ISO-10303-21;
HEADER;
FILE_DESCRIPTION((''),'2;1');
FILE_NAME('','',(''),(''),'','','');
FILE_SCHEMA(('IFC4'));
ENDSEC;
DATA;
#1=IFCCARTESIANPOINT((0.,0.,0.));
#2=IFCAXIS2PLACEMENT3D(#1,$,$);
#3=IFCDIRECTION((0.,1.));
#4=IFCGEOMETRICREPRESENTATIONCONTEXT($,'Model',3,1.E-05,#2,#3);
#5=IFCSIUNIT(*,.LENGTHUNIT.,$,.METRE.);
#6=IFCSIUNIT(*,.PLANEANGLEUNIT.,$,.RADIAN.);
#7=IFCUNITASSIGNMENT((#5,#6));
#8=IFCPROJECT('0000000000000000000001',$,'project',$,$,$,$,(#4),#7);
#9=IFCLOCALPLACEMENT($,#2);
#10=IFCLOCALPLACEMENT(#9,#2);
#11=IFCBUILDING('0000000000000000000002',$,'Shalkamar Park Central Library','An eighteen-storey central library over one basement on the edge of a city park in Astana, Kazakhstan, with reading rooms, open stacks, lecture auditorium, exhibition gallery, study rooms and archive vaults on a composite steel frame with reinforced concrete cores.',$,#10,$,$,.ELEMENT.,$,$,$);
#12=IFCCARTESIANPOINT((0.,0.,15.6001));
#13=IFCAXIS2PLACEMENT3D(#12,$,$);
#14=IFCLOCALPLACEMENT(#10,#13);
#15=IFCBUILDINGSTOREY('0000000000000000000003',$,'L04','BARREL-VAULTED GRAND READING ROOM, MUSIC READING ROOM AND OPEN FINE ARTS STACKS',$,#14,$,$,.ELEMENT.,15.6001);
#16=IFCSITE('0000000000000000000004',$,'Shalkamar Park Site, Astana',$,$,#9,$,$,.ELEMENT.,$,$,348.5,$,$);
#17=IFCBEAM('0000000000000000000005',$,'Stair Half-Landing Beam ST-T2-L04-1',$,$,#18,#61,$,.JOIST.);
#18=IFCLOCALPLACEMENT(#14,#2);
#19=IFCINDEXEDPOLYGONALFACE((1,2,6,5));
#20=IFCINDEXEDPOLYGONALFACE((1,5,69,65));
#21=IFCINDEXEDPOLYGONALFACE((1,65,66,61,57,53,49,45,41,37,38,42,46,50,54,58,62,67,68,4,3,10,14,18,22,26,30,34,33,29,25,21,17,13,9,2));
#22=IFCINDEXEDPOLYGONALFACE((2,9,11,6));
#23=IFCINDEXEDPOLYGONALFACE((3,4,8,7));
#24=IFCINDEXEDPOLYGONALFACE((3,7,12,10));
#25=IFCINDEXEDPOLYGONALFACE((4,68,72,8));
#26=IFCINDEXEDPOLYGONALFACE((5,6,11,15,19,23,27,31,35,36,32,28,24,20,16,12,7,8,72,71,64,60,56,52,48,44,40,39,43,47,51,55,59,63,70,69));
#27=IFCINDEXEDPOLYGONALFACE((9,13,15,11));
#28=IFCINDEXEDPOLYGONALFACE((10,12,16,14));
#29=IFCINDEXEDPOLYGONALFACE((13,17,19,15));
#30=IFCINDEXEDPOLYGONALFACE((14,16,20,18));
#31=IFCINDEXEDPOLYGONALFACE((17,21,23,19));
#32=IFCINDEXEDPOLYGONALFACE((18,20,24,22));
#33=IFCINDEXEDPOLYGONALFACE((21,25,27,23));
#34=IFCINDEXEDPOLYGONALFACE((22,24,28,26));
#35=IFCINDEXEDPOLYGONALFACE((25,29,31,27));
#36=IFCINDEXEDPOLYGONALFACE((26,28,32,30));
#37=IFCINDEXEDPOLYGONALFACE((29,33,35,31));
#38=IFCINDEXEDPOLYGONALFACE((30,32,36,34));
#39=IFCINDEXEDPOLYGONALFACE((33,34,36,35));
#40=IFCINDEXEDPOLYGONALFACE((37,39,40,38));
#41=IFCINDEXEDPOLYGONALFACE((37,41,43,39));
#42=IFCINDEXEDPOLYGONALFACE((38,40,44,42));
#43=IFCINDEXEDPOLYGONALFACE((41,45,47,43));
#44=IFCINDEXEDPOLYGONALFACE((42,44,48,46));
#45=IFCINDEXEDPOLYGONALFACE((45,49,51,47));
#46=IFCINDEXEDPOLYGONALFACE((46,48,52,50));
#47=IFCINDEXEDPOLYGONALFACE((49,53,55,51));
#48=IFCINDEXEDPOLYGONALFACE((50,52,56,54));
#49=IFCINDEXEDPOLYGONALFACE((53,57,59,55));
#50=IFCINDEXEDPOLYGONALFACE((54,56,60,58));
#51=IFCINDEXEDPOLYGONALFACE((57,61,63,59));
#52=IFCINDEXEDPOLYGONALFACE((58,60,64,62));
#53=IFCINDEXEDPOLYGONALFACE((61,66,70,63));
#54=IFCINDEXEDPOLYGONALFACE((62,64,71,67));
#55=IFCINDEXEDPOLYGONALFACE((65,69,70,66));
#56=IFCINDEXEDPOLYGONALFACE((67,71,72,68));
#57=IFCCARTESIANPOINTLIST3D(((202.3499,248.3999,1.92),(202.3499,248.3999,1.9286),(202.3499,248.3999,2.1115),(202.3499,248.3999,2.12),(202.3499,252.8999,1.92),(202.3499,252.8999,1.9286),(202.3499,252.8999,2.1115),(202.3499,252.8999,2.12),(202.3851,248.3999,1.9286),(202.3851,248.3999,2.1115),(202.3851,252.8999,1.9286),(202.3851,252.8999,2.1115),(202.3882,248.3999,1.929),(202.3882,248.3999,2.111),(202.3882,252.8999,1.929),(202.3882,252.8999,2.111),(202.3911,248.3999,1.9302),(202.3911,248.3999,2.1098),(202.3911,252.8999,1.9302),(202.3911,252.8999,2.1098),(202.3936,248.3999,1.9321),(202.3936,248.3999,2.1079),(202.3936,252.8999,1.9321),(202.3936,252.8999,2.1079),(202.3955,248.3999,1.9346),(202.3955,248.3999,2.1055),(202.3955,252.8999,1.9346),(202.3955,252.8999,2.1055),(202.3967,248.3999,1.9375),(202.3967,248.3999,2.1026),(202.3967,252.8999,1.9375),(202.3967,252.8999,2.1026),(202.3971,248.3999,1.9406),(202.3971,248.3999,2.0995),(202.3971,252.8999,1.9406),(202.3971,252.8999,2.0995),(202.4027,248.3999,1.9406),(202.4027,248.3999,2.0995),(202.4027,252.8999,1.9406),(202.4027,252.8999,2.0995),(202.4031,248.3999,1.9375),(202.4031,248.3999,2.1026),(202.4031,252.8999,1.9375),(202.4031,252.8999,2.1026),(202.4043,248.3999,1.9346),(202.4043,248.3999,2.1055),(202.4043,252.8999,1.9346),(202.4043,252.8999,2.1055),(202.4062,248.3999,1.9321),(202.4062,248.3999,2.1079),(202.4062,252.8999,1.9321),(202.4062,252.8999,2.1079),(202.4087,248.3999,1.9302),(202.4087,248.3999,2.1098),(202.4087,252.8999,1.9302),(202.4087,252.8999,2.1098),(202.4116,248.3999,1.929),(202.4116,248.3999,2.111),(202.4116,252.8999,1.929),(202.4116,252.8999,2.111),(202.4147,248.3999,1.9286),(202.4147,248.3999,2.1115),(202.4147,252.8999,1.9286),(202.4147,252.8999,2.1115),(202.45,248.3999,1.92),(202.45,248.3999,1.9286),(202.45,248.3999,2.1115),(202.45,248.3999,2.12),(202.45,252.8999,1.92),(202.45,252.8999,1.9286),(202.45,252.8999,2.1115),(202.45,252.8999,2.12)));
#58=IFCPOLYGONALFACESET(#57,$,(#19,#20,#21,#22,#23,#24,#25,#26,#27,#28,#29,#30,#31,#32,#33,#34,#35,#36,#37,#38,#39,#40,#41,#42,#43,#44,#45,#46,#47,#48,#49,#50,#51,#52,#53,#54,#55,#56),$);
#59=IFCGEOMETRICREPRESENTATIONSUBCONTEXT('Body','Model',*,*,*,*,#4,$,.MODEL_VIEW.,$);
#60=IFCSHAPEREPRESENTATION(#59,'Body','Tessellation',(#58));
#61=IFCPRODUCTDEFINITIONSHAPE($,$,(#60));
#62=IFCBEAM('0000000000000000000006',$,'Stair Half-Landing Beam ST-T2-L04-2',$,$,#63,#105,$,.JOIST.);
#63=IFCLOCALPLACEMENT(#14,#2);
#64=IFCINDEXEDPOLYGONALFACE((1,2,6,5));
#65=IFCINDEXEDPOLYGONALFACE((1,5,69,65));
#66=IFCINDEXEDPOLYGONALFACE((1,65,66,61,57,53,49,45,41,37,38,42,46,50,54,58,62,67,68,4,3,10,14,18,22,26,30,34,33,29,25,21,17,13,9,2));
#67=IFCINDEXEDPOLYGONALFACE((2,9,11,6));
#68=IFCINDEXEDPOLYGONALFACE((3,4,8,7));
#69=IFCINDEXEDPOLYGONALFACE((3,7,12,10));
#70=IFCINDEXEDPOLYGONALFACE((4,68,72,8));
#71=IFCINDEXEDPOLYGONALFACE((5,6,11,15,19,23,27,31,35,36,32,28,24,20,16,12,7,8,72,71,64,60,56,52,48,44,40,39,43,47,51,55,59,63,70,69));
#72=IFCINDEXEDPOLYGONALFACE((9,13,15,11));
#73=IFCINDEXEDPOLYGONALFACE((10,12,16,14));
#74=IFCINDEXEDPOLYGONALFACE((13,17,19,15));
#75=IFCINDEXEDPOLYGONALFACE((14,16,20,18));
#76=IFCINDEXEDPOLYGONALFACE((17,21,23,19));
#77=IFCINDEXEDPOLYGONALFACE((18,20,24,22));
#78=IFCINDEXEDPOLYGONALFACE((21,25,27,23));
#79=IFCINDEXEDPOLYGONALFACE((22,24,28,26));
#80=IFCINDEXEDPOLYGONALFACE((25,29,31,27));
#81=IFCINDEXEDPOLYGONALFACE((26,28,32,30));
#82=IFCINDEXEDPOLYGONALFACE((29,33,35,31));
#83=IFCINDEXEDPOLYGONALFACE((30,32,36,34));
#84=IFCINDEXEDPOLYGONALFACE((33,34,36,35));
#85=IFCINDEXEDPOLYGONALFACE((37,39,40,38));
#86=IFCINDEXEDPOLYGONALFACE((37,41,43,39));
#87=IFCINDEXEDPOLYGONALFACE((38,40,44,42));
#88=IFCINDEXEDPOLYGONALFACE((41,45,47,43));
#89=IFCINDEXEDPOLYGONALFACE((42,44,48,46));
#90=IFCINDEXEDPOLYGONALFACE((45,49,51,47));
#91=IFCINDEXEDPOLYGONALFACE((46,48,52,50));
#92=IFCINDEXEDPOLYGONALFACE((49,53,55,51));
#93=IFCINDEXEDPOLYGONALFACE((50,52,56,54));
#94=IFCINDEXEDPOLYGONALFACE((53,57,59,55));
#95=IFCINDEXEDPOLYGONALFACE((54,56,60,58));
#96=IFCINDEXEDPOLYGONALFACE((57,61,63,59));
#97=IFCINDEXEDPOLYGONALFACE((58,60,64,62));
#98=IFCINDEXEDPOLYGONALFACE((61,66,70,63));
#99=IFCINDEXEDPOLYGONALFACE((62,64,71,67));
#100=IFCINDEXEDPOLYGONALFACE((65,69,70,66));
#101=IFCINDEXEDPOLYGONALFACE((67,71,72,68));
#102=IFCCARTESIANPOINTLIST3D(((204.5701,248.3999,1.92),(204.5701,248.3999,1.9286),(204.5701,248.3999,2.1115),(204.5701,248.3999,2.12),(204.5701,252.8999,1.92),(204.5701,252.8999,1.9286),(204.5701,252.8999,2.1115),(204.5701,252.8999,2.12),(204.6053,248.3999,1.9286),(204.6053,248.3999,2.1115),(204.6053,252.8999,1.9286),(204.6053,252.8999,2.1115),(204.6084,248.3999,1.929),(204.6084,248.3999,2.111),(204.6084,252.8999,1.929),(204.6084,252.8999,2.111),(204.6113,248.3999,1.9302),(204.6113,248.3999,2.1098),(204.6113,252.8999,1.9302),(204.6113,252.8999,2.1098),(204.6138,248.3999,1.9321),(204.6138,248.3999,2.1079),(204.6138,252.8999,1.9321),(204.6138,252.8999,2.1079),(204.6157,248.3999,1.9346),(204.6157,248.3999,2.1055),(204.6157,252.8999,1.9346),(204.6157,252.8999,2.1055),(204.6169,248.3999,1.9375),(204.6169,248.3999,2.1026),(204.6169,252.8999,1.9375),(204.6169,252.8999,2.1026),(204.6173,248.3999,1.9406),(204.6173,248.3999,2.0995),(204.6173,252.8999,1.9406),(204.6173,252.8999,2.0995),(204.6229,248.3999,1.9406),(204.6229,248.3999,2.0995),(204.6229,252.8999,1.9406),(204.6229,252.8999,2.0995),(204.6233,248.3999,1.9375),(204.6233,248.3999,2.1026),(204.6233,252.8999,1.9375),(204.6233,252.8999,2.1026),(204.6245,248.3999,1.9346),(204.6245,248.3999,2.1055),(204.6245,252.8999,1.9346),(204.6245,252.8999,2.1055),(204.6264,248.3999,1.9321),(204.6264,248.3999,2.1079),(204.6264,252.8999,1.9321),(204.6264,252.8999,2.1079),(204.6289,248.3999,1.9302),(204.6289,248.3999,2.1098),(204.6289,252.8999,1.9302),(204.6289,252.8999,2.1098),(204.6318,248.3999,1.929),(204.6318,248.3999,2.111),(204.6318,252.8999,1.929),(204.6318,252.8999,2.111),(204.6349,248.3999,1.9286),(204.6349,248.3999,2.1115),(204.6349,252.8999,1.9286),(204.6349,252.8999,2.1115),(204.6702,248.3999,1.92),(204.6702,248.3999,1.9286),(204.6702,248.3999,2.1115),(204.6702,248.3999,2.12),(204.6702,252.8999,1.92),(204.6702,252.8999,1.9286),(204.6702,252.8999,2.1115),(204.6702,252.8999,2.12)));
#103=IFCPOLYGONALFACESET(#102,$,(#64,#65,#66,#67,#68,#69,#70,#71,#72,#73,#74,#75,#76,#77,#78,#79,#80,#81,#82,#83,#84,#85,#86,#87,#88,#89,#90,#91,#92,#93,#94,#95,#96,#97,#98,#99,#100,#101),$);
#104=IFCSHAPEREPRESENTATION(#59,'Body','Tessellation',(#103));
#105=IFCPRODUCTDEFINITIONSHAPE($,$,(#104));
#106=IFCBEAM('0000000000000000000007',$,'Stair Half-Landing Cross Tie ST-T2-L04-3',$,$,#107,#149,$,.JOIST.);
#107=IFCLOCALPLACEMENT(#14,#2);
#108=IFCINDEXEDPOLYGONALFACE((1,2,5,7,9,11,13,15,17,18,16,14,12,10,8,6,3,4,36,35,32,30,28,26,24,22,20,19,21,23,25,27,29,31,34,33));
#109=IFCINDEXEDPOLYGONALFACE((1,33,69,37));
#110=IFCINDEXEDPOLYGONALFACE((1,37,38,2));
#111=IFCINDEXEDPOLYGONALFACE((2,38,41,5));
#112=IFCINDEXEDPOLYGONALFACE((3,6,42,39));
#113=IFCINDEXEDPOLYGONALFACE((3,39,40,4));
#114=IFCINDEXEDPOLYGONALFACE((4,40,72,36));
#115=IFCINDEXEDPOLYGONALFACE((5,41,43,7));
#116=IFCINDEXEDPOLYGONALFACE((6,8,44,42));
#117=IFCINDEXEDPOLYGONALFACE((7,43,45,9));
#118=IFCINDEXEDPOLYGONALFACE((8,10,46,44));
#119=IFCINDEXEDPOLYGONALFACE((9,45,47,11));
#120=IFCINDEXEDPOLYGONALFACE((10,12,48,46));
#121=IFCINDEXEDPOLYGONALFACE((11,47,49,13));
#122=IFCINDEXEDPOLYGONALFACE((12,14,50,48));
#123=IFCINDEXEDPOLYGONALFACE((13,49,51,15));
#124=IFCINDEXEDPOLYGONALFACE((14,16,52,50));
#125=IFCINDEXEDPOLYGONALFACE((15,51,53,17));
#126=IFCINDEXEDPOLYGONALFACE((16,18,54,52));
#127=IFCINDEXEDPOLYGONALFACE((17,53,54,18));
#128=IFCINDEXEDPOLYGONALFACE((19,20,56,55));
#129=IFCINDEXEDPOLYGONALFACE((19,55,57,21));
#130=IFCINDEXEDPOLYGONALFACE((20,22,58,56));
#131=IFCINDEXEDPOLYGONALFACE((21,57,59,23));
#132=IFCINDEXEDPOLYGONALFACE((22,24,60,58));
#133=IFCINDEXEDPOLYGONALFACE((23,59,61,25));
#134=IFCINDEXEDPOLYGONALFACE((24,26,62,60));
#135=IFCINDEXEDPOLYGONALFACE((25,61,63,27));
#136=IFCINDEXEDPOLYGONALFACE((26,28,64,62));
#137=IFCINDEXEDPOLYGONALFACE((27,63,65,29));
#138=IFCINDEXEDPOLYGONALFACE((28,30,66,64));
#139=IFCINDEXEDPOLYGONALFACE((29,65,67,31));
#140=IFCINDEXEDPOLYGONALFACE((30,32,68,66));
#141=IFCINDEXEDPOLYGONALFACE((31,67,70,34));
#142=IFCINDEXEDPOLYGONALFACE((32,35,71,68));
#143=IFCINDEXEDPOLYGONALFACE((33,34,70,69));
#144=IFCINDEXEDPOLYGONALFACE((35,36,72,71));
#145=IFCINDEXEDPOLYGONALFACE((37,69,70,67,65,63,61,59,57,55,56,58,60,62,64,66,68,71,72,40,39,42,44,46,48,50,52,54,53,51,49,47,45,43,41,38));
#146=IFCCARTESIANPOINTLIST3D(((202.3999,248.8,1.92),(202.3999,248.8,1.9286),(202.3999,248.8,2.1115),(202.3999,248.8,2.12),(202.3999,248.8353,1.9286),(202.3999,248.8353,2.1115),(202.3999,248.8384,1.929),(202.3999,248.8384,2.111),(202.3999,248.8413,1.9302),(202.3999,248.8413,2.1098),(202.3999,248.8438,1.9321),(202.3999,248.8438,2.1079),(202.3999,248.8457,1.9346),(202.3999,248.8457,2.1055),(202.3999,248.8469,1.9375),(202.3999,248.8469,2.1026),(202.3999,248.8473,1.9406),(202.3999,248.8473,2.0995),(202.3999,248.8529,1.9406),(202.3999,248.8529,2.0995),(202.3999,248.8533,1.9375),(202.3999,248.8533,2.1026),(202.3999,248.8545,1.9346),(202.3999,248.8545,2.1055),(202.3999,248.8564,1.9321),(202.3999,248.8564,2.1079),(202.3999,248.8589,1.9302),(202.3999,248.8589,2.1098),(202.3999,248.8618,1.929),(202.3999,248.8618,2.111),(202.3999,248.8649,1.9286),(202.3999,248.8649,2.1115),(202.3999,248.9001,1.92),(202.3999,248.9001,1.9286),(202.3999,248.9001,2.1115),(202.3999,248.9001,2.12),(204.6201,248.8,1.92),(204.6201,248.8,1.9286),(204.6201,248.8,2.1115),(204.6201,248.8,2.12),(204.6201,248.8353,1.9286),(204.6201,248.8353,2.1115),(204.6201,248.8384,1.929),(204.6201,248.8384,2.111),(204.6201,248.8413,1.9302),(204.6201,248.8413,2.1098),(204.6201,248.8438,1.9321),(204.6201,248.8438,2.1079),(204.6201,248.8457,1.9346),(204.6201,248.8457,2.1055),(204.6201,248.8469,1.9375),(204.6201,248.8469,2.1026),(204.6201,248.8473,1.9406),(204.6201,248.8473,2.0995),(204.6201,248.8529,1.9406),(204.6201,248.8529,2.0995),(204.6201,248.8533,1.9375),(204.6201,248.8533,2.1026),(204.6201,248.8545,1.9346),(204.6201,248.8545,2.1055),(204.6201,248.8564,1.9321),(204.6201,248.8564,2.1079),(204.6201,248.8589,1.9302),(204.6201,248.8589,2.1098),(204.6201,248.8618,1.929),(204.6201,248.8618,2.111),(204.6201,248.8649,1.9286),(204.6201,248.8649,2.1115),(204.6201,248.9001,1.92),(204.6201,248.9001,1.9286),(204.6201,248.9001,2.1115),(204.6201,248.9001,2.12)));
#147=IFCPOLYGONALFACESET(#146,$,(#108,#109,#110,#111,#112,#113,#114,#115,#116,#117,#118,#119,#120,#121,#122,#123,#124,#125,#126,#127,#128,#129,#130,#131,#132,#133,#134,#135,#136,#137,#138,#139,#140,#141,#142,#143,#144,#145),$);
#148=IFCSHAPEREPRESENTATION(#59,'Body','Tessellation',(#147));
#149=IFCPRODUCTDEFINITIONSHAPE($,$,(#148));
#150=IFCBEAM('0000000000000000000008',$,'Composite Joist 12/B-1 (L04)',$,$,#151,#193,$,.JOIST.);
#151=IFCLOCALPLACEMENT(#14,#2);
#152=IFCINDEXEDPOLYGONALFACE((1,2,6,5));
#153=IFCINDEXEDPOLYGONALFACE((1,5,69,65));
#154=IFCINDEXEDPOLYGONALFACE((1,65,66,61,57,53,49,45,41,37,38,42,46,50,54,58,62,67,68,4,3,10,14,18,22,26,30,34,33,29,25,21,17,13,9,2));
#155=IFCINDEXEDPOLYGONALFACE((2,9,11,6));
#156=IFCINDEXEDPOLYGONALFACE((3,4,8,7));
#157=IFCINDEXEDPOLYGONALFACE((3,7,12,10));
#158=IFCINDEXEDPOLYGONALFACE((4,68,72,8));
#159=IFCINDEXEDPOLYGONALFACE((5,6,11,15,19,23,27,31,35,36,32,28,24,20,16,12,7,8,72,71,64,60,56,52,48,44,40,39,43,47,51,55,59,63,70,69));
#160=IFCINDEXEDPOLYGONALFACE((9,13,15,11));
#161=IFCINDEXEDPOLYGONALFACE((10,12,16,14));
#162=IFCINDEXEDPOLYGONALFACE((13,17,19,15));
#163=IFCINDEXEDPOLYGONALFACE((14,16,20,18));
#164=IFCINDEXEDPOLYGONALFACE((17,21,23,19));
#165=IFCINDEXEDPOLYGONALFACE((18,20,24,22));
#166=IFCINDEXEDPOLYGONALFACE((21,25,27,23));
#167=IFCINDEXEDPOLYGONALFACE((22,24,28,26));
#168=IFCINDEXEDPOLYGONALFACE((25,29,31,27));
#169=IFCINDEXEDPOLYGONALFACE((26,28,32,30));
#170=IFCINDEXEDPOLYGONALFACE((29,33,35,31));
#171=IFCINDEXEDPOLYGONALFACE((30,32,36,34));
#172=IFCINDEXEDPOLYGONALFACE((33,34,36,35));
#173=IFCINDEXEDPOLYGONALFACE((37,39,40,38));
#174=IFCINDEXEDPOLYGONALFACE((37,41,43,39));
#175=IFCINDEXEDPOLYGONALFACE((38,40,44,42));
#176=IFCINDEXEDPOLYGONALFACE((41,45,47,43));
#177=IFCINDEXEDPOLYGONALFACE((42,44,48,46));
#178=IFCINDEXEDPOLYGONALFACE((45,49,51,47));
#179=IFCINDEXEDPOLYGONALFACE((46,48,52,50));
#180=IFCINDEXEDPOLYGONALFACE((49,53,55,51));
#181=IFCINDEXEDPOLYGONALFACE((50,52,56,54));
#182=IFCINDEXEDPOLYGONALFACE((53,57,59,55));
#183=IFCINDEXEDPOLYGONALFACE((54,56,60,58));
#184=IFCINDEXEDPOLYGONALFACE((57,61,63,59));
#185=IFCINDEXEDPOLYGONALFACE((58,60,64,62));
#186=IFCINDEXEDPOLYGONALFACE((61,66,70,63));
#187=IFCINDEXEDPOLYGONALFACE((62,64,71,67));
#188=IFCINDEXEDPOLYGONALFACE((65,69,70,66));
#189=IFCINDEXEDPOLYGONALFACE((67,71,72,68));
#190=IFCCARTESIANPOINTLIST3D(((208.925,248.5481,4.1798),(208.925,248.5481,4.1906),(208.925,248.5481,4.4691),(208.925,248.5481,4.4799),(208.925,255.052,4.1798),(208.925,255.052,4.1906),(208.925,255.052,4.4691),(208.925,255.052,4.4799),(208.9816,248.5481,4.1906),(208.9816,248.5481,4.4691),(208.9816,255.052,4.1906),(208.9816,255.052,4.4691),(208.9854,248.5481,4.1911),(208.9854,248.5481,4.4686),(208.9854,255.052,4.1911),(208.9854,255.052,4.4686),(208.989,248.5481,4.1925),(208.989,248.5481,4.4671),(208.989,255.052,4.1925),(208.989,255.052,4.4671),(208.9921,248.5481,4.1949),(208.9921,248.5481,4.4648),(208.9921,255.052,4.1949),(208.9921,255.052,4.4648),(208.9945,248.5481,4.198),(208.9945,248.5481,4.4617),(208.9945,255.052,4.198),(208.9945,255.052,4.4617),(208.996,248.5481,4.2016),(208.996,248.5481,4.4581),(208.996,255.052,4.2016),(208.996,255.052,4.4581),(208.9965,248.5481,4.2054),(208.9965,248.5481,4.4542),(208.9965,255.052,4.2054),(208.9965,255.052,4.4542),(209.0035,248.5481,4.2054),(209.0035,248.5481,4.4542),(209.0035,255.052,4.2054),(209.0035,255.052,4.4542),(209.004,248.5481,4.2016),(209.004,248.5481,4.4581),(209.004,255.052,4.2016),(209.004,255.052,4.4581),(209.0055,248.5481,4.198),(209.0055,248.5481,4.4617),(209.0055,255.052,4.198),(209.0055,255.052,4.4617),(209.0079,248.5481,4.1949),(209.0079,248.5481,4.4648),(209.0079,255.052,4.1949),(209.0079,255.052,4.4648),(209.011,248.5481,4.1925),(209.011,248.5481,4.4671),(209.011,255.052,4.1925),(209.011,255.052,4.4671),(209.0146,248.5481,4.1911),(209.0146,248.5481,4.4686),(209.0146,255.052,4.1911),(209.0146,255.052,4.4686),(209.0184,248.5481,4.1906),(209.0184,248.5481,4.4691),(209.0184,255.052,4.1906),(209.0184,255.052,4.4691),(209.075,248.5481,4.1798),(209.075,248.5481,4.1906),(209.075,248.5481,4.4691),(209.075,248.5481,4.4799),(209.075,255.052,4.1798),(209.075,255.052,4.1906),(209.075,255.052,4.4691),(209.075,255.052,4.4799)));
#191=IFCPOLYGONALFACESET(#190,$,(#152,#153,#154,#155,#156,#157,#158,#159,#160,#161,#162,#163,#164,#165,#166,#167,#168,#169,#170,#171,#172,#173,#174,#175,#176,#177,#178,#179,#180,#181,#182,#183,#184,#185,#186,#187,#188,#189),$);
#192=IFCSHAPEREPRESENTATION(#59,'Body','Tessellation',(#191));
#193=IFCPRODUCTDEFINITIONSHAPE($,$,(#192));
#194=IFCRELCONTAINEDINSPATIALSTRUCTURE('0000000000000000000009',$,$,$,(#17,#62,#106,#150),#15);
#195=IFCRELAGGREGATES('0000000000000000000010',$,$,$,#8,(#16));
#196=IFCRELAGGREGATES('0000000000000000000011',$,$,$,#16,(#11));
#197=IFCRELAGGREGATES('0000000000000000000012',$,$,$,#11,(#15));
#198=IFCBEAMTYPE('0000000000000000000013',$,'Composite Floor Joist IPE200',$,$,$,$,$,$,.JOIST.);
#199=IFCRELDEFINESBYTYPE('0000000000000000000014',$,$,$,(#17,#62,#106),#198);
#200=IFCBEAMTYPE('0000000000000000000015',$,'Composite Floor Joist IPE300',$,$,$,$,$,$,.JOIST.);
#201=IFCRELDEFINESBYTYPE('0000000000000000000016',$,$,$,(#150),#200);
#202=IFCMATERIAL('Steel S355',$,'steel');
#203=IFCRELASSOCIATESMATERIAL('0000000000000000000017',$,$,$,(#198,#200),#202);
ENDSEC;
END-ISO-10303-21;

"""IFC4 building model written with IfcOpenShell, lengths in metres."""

from ifc_helpers import new_model, si_unit, direction, frame, origin, origin_2d, place, context, subcontext, project, spatial, i_section, extrude, material, material_profile, profile_set, type_object, element, save


model = new_model("IFC4")

# Units and contexts
model_context = context("Model", 3, precision=1e-05, world=origin(), true_north=direction((0.0, 1.0)))
body_context = subcontext(model_context, "Body", "Model", "MODEL_VIEW")
ifc_project = project(units=[si_unit("LENGTHUNIT", "METRE"), si_unit("PLANEANGLEUNIT", "RADIAN")], contexts=[model_context])

# Site, building, storey
site_placement = place(None, origin())
site = spatial("IfcSite", under=ifc_project, at=site_placement, Name="Shalkamar Park Site, Astana", CompositionType="ELEMENT", RefElevation=348.5)
building_placement = place(site_placement, origin())
building = spatial("IfcBuilding", under=site, at=building_placement, Name="Shalkamar Park Central Library", Description="An eighteen-storey central library over one basement on the edge of a city park in Astana, Kazakhstan, with reading rooms, open stacks, lecture auditorium, exhibition gallery, study rooms and archive vaults on a composite steel frame with reinforced concrete cores.", CompositionType="ELEMENT")
storey_placement = place(building_placement, frame((0.0, 0.0, 15.6001)))
storey = spatial("IfcBuildingStorey", under=building, at=storey_placement, Name="L04", Description="BARREL-VAULTED GRAND READING ROOM, MUSIC READING ROOM AND OPEN FINE ARTS STACKS", CompositionType="ELEMENT", Elevation=15.6001)

# Shared definitions
ifc_material_1 = material(Name="Steel S355", Category="steel")

# Beams
ifc_material_profile_1 = material_profile(ifc_material_1, i_section(OverallWidth=0.1001, OverallDepth=0.2, WebThickness=0.0056, FlangeThickness=0.0085, FilletRadius=0.012, at=origin_2d()), Name="IPE 200")
ifc_profile_set_1 = profile_set([ifc_material_profile_1], Name="Steel S355")
beam_type_1 = type_object("IfcBeamType", Name="Composite Floor Joist IPE200", PredefinedType="JOIST", material=ifc_profile_set_1)
for number, where, z_axis, x_axis, name in (
    (1, (202.3999, 248.3999, 2.02), (0.0, 1.0, 0.0), (-1.0, 0.0, 0.0), "Stair Half-Landing Beam ST-T2-L04-1"),
    (2, (204.6201, 248.3999, 2.02), (0.0, 1.0, 0.0), (-1.0, 0.0, 0.0), "Stair Half-Landing Beam ST-T2-L04-2"),
):
    element("IfcBeam", number, at=place(storey_placement, frame(where, z_axis=z_axis, x_axis=x_axis)), inside=storey, type_object=beam_type_1, Name=name, PredefinedType="JOIST", context=body_context, shape_type="SweptSolid", body=[
        extrude(i_section(OverallWidth=0.1001, OverallDepth=0.2, WebThickness=0.0056, FlangeThickness=0.0085, FilletRadius=0.012, at=origin_2d()), origin(), (0.0, 0.0, 1.0), 4.5),
    ])
beam_1_placement = place(storey_placement, frame((202.3999, 248.8501, 2.02), z_axis=(1.0, 0.0, 0.0), x_axis=(0.0, 1.0, 0.0)))
element("IfcBeam", 3, at=beam_1_placement, inside=storey, type_object=beam_type_1, Name="Stair Half-Landing Cross Tie ST-T2-L04-3", PredefinedType="JOIST", context=body_context, shape_type="SweptSolid", body=[
    extrude(i_section(OverallWidth=0.1001, OverallDepth=0.2, WebThickness=0.0056, FlangeThickness=0.0085, FilletRadius=0.012, at=origin_2d()), origin(), (0.0, 0.0, 1.0), 2.2202),
])
ifc_material_profile_2 = material_profile(ifc_material_1, i_section(OverallWidth=0.1499, OverallDepth=0.3, WebThickness=0.0071, FlangeThickness=0.0107, FilletRadius=0.0149, at=origin_2d()), Name="IPE 300")
ifc_profile_set_2 = profile_set([ifc_material_profile_2], Name="Steel S355")
beam_type_2 = type_object("IfcBeamType", Name="Composite Floor Joist IPE300", PredefinedType="JOIST", material=ifc_profile_set_2)
beam_2_placement = place(storey_placement, frame((209.0, 248.5481, 4.3298), z_axis=(0.0, 1.0, 0.0), x_axis=(-1.0, 0.0, 0.0)))
element("IfcBeam", 4, at=beam_2_placement, inside=storey, type_object=beam_type_2, Name="Composite Joist 12/B-1 (L04)", PredefinedType="JOIST", context=body_context, shape_type="SweptSolid", body=[
    extrude(i_section(OverallWidth=0.1499, OverallDepth=0.3, WebThickness=0.0071, FlangeThickness=0.0107, FilletRadius=0.0149, at=origin_2d()), origin(), (0.0, 0.0, 1.0), 6.5039),
])

save(model, "model.ifc")
